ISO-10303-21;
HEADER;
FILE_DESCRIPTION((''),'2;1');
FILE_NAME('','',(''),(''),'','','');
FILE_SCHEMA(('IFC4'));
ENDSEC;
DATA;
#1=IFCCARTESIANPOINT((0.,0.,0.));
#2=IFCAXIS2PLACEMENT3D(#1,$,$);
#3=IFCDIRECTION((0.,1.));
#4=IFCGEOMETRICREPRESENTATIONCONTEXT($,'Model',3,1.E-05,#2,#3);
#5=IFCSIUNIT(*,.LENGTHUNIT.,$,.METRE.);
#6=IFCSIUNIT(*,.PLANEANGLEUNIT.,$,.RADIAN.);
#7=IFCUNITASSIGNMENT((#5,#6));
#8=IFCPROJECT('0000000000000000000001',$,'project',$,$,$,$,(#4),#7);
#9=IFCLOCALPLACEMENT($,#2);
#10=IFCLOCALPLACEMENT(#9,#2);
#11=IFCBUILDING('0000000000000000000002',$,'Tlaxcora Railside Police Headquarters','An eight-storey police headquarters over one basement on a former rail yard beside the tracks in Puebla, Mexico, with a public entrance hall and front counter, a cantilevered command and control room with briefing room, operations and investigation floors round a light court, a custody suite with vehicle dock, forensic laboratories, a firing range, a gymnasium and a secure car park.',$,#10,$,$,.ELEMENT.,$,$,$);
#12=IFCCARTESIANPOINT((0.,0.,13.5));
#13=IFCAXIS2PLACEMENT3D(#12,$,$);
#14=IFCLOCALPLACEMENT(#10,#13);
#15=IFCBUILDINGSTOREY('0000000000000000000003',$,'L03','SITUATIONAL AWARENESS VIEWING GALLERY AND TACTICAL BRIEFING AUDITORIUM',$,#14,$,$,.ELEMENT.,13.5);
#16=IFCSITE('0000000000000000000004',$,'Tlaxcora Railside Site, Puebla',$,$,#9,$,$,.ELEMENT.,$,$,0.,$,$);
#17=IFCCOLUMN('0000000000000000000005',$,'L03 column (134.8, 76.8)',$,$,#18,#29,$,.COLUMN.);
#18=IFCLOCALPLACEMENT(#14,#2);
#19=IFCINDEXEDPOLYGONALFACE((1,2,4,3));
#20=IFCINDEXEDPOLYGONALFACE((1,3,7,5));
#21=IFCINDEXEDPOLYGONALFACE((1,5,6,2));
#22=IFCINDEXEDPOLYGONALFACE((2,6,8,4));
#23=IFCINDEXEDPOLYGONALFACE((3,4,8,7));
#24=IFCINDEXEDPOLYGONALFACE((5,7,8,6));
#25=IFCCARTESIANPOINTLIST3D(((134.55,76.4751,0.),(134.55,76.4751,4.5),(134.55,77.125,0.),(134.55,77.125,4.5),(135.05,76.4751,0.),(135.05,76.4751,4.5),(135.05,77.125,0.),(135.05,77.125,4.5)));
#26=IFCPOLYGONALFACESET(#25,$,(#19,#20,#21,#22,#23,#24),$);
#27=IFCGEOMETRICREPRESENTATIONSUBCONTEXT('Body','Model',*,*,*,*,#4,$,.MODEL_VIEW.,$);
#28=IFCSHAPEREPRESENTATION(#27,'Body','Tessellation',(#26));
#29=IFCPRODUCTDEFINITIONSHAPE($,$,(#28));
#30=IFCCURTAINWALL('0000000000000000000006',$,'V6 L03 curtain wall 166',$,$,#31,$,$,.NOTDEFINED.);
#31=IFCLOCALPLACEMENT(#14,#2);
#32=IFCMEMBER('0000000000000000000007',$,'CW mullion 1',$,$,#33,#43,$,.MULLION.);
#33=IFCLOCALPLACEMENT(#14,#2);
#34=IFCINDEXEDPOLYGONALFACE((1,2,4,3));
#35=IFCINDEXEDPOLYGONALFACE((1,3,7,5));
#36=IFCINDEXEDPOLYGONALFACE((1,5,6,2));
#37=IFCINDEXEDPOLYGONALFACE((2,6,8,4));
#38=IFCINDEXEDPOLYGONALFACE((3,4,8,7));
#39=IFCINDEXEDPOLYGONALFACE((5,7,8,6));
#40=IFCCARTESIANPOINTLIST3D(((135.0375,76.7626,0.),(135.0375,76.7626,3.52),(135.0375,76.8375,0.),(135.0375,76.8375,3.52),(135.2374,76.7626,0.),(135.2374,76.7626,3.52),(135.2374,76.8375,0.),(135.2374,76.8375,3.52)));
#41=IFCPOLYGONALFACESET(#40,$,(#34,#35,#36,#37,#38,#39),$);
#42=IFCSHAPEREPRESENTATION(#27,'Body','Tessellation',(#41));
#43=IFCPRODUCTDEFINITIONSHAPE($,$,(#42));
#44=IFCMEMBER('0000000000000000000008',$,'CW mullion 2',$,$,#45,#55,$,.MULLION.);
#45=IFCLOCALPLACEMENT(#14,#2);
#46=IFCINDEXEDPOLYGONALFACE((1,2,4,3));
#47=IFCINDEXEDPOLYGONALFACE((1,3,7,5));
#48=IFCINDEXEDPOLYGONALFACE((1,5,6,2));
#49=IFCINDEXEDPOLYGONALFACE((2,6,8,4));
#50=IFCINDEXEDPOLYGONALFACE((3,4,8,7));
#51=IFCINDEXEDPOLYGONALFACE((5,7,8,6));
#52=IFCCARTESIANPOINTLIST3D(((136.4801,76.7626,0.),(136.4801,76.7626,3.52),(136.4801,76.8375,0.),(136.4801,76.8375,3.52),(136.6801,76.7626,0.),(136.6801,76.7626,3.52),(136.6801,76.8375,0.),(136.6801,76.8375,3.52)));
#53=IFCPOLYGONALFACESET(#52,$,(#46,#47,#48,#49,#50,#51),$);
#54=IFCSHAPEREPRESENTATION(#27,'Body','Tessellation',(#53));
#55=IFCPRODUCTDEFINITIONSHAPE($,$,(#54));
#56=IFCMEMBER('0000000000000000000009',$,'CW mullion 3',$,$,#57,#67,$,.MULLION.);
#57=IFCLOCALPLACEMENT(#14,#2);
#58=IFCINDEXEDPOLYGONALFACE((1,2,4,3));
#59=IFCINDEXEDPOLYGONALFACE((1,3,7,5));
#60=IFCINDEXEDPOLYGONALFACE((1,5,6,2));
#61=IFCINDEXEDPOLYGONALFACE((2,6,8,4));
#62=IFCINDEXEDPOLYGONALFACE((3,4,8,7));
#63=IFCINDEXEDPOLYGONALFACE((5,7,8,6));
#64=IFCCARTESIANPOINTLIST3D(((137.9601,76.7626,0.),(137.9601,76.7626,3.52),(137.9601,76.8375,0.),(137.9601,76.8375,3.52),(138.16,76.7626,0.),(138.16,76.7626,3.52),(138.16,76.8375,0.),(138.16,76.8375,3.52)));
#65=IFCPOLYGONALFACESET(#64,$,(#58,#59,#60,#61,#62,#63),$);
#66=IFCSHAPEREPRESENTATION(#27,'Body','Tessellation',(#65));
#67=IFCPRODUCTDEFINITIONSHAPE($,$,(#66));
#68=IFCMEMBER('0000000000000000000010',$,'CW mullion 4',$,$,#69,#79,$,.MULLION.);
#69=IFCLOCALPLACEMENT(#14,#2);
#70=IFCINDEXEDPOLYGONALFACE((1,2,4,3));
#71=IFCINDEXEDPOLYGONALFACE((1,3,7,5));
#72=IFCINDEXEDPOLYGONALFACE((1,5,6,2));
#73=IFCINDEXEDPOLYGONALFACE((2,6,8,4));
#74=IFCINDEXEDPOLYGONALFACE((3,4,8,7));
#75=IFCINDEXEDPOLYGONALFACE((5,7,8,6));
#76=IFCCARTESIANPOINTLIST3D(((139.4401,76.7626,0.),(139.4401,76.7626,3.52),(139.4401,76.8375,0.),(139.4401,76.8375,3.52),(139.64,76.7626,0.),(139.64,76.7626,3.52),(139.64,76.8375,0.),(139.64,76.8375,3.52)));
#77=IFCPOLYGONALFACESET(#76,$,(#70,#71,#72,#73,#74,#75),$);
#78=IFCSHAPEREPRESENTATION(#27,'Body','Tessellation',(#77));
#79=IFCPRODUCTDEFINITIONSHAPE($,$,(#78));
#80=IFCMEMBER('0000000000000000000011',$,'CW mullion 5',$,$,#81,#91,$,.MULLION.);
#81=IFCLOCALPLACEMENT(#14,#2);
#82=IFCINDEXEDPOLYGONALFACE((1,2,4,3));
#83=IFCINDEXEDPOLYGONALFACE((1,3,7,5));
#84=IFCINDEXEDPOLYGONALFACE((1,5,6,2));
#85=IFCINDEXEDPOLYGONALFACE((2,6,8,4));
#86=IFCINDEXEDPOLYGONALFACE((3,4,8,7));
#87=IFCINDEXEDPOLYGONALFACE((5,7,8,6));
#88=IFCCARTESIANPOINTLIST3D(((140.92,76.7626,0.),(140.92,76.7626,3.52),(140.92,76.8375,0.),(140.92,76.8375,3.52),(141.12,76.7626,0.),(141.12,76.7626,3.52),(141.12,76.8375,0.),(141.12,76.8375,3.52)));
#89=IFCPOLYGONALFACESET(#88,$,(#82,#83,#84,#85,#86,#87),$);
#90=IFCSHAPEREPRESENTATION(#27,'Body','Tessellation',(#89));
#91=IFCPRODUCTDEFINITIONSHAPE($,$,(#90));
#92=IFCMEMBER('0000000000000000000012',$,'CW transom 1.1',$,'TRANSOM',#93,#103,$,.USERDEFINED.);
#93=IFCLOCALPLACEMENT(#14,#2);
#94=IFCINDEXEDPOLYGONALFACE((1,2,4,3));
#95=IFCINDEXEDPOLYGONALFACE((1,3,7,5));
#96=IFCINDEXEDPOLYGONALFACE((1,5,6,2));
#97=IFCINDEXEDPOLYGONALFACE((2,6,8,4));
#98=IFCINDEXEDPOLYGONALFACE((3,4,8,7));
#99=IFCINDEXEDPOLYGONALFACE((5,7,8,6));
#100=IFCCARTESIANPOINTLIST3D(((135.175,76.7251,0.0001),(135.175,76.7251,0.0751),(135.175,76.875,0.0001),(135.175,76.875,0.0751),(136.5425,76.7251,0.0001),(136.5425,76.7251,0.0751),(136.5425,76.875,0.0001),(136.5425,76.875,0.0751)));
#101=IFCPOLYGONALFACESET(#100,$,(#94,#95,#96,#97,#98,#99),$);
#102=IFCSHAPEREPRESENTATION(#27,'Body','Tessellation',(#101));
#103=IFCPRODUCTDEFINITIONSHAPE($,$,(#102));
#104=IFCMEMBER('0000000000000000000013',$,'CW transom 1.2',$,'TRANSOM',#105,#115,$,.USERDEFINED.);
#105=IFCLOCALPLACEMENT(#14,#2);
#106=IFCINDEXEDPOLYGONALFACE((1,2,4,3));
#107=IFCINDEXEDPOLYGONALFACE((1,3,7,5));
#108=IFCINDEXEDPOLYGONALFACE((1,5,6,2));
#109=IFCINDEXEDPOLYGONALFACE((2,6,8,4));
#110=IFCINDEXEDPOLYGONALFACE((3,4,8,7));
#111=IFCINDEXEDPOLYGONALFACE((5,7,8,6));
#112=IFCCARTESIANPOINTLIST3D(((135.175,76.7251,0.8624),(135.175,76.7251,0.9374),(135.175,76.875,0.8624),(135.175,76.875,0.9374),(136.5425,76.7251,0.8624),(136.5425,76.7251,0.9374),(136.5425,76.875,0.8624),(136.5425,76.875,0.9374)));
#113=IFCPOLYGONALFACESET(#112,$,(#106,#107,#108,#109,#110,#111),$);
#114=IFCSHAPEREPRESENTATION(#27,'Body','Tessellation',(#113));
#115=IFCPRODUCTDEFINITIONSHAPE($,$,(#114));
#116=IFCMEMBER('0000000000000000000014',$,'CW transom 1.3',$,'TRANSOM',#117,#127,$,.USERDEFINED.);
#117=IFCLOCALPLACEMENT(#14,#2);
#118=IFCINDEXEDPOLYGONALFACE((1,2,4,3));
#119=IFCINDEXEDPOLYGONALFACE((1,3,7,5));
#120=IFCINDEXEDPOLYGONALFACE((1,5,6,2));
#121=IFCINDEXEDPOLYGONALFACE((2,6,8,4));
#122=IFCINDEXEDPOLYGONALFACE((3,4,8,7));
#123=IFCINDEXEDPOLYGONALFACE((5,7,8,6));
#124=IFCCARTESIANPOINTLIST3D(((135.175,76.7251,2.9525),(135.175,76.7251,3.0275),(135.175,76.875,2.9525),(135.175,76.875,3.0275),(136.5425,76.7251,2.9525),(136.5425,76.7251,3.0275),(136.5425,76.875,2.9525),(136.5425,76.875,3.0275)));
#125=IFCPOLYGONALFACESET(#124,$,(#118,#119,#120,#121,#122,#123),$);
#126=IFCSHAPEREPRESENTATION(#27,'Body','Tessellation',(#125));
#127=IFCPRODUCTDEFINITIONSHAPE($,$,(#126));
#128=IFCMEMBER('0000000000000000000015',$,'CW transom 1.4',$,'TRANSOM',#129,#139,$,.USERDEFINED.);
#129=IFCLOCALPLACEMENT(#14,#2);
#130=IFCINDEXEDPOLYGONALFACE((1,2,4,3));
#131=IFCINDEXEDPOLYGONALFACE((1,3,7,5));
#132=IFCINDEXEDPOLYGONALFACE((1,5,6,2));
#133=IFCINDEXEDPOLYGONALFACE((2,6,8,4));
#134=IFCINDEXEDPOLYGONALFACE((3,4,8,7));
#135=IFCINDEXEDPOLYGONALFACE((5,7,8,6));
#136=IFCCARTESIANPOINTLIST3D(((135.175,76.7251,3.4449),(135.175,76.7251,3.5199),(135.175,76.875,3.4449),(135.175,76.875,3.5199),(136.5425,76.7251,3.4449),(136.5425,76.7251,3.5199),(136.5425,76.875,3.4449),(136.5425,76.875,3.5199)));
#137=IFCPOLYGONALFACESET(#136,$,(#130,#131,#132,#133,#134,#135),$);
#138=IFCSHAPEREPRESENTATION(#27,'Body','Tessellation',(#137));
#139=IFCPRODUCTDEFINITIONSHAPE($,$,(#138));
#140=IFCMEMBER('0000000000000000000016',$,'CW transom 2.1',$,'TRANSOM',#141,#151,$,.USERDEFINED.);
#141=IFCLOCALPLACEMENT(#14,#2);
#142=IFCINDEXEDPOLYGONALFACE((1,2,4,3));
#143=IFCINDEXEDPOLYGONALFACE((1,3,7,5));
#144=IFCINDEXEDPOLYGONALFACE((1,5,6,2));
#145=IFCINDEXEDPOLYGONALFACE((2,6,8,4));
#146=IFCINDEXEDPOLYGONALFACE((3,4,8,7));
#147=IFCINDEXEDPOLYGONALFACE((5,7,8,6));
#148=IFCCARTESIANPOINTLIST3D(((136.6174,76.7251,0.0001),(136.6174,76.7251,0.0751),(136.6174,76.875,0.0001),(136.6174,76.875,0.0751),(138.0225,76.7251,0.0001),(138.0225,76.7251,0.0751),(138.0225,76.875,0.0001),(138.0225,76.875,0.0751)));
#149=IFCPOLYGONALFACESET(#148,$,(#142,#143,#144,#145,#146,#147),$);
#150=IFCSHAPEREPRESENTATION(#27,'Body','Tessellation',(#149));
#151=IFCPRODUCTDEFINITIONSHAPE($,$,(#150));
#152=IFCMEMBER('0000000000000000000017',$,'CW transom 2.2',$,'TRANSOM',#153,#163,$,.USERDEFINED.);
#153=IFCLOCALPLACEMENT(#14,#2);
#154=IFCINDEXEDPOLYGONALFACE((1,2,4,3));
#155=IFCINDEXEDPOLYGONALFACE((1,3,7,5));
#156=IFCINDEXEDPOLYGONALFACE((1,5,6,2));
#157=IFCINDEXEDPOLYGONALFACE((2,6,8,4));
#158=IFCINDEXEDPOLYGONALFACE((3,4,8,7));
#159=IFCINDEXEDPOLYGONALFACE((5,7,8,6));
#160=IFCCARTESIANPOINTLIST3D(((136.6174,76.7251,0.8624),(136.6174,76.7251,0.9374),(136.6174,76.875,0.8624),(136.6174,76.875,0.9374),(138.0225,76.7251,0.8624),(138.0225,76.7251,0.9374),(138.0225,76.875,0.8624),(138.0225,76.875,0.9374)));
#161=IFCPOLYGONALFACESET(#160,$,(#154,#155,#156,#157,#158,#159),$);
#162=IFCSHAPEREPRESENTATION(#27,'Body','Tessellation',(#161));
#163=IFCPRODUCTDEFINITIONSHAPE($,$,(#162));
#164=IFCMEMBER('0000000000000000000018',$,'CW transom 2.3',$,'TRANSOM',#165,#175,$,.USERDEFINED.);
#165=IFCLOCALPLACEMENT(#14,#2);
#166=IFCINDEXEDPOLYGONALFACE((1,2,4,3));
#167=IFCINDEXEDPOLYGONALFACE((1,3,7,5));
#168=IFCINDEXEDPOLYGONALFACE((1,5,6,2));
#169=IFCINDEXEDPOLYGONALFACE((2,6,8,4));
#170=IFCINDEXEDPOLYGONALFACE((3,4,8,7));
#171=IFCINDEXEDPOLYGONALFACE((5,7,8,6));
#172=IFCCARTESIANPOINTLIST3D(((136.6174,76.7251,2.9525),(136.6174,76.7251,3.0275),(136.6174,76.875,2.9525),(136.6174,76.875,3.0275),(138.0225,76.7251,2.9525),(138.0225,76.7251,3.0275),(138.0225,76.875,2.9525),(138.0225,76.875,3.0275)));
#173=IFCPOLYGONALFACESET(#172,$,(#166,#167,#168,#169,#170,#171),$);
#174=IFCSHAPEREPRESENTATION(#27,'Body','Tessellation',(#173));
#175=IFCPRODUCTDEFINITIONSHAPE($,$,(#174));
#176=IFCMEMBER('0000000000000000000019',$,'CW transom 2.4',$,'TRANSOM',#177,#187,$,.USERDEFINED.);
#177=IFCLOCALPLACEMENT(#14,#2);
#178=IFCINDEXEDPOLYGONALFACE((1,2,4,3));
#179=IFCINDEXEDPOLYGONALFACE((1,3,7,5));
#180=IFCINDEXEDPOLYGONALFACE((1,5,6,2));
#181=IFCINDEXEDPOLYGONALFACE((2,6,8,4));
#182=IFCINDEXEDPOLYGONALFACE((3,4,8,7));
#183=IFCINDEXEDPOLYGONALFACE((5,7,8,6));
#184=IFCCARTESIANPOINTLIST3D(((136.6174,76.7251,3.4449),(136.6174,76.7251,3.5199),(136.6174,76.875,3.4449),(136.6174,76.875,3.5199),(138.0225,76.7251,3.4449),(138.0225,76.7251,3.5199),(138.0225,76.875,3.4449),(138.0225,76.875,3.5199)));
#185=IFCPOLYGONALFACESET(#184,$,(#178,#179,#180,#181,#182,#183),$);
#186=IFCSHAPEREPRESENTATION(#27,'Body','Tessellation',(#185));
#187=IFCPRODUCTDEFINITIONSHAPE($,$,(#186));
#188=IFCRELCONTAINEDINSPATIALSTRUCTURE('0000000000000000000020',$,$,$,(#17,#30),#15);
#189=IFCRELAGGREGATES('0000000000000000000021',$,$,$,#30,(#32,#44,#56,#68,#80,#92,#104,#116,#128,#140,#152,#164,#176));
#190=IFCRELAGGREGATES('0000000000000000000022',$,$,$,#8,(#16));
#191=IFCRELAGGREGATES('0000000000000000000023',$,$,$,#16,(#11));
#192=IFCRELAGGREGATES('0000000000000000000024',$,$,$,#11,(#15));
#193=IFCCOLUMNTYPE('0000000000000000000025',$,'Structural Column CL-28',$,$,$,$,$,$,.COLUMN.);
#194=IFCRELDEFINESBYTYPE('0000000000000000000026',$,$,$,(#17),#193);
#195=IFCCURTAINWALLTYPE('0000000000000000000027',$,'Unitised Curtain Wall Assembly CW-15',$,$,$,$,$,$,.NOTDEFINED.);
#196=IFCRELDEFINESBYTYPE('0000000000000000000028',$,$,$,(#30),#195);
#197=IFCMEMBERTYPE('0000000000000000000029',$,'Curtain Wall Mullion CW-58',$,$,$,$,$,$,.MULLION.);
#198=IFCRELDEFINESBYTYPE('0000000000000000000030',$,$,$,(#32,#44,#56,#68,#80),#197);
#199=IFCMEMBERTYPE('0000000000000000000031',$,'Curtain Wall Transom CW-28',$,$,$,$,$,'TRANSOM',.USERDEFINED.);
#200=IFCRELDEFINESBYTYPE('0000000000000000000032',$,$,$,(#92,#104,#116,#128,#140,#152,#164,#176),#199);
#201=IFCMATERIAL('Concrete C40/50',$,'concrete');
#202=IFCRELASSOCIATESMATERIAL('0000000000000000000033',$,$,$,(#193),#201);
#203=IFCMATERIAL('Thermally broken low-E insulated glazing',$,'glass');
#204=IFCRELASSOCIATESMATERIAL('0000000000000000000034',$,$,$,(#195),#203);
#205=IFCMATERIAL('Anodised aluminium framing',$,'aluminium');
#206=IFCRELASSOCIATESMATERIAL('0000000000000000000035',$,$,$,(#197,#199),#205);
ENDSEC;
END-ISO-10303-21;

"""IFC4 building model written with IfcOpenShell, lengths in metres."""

from ifc_helpers import new_model, si_unit, direction, frame, origin, origin_2d, place, context, subcontext, project, spatial, rectangle, extrude, material, material_profile, profile_set, type_object, element, aggregate, save


model = new_model("IFC4")

# Units and contexts
model_context = context("Model", 3, precision=1e-05, world=origin(), true_north=direction((0.0, 1.0)))
body_context = subcontext(model_context, "Body", "Model", "MODEL_VIEW")
ifc_project = project(units=[si_unit("LENGTHUNIT", "METRE"), si_unit("PLANEANGLEUNIT", "RADIAN")], contexts=[model_context])

# Site, building, storey
site_placement = place(None, origin())
site = spatial("IfcSite", under=ifc_project, at=site_placement, Name="Tlaxcora Railside Site, Puebla", CompositionType="ELEMENT", RefElevation=0.0)
building_placement = place(site_placement, origin())
building = spatial("IfcBuilding", under=site, at=building_placement, Name="Tlaxcora Railside Police Headquarters", Description="An eight-storey police headquarters over one basement on a former rail yard beside the tracks in Puebla, Mexico, with a public entrance hall and front counter, a cantilevered command and control room with briefing room, operations and investigation floors round a light court, a custody suite with vehicle dock, forensic laboratories, a firing range, a gymnasium and a secure car park.", CompositionType="ELEMENT")
storey_placement = place(building_placement, frame((0.0, 0.0, 13.5)))
storey = spatial("IfcBuildingStorey", under=building, at=storey_placement, Name="L03", Description="SITUATIONAL AWARENESS VIEWING GALLERY AND TACTICAL BRIEFING AUDITORIUM", CompositionType="ELEMENT", Elevation=13.5)

# Column
ifc_material_1 = material(Name="Concrete C40/50", Category="concrete")
ifc_material_profile_1 = material_profile(ifc_material_1, rectangle(XDim=0.5, YDim=0.6499, at=origin_2d()), Name="RC500X650")
ifc_profile_set_1 = profile_set([ifc_material_profile_1], Name="Concrete C40/50")
column_type = type_object("IfcColumnType", Name="Structural Column CL-28", PredefinedType="COLUMN", material=ifc_profile_set_1)
column_placement = place(storey_placement, frame((134.8, 76.8, 0.0), z_axis=(0.0, 0.0, 1.0), x_axis=(1.0, 0.0, 0.0)))
element("IfcColumn", 1, at=column_placement, inside=storey, type_object=column_type, Name="L03 column (134.8, 76.8)", PredefinedType="COLUMN", context=body_context, shape_type="SweptSolid", body=[
    extrude(rectangle(XDim=0.5, YDim=0.6499, at=origin_2d()), origin(), (0.0, 0.0, 1.0), 4.5),
])

# Curtain wall, members
ifc_material_2 = material(Name="Thermally broken low-E insulated glazing", Category="glass")
curtain_wall_type = type_object("IfcCurtainWallType", Name="Unitised Curtain Wall Assembly CW-15", PredefinedType="NOTDEFINED", material=ifc_material_2)
curtain_wall_placement = place(storey_placement, origin())
curtain_wall = element("IfcCurtainWall", 2, at=curtain_wall_placement, inside=storey, type_object=curtain_wall_type, Name="V6 L03 curtain wall 166", PredefinedType="NOTDEFINED")
ifc_material_3 = material(Name="Anodised aluminium framing", Category="aluminium")
ifc_material_profile_2 = material_profile(ifc_material_3, rectangle(XDim=0.075, YDim=0.2, at=origin_2d()), Name="AL75X200")
ifc_profile_set_2 = profile_set([ifc_material_profile_2], Name="Anodised aluminium framing")
member_type_1 = type_object("IfcMemberType", Name="Curtain Wall Mullion CW-58", PredefinedType="MULLION", material=ifc_profile_set_2)
member_1_placement = place(storey_placement, frame((135.1375, 76.8, 0.0), z_axis=(0.0, 0.0, 1.0), x_axis=(0.0, 1.0, 0.0)))
member_1 = element("IfcMember", 3, at=member_1_placement, type_object=member_type_1, Name="CW mullion 1", PredefinedType="MULLION", context=body_context, shape_type="SweptSolid", body=[
    extrude(rectangle(XDim=0.075, YDim=0.2, at=origin_2d()), origin(), (0.0, 0.0, 1.0), 3.52),
])
member_2_placement = place(storey_placement, frame((136.5801, 76.8, 0.0), z_axis=(0.0, 0.0, 1.0), x_axis=(0.0, 1.0, 0.0)))
member_2 = element("IfcMember", 4, at=member_2_placement, type_object=member_type_1, Name="CW mullion 2", PredefinedType="MULLION", context=body_context, shape_type="SweptSolid", body=[
    extrude(rectangle(XDim=0.075, YDim=0.2, at=origin_2d()), origin(), (0.0, 0.0, 1.0), 3.52),
])
member_3_placement = place(storey_placement, frame((138.0601, 76.8, 0.0), z_axis=(0.0, 0.0, 1.0), x_axis=(0.0, 1.0, 0.0)))
member_3 = element("IfcMember", 5, at=member_3_placement, type_object=member_type_1, Name="CW mullion 3", PredefinedType="MULLION", context=body_context, shape_type="SweptSolid", body=[
    extrude(rectangle(XDim=0.075, YDim=0.2, at=origin_2d()), origin(), (0.0, 0.0, 1.0), 3.52),
])
member_4_placement = place(storey_placement, frame((139.54, 76.8, 0.0), z_axis=(0.0, 0.0, 1.0), x_axis=(0.0, 1.0, 0.0)))
member_4 = element("IfcMember", 6, at=member_4_placement, type_object=member_type_1, Name="CW mullion 4", PredefinedType="MULLION", context=body_context, shape_type="SweptSolid", body=[
    extrude(rectangle(XDim=0.075, YDim=0.2, at=origin_2d()), origin(), (0.0, 0.0, 1.0), 3.52),
])
member_5_placement = place(storey_placement, frame((141.02, 76.8, 0.0), z_axis=(0.0, 0.0, 1.0), x_axis=(0.0, 1.0, 0.0)))
member_5 = element("IfcMember", 7, at=member_5_placement, type_object=member_type_1, Name="CW mullion 5", PredefinedType="MULLION", context=body_context, shape_type="SweptSolid", body=[
    extrude(rectangle(XDim=0.075, YDim=0.2, at=origin_2d()), origin(), (0.0, 0.0, 1.0), 3.52),
])
ifc_material_profile_3 = material_profile(ifc_material_3, rectangle(XDim=0.1499, YDim=0.075, at=origin_2d()), Name="AL75X150")
ifc_profile_set_3 = profile_set([ifc_material_profile_3], Name="Anodised aluminium framing")
member_type_2 = type_object("IfcMemberType", Name="Curtain Wall Transom CW-28", ElementType="TRANSOM", PredefinedType="USERDEFINED", material=ifc_profile_set_3)
member_6_placement = place(storey_placement, frame((135.175, 76.8, 0.0376), z_axis=(1.0, 0.0, 0.0), x_axis=(0.0, 1.0, 0.0)))
member_6 = element("IfcMember", 8, at=member_6_placement, type_object=member_type_2, Name="CW transom 1.1", ObjectType="TRANSOM", PredefinedType="USERDEFINED", context=body_context, shape_type="SweptSolid", body=[
    extrude(rectangle(XDim=0.1499, YDim=0.075, at=origin_2d()), origin(), (0.0, 0.0, 1.0), 1.3674),
])
member_7_placement = place(storey_placement, frame((135.175, 76.8, 0.8999), z_axis=(1.0, 0.0, 0.0), x_axis=(0.0, 1.0, 0.0)))
member_7 = element("IfcMember", 9, at=member_7_placement, type_object=member_type_2, Name="CW transom 1.2", ObjectType="TRANSOM", PredefinedType="USERDEFINED", context=body_context, shape_type="SweptSolid", body=[
    extrude(rectangle(XDim=0.1499, YDim=0.075, at=origin_2d()), origin(), (0.0, 0.0, 1.0), 1.3674),
])
member_8_placement = place(storey_placement, frame((135.175, 76.8, 2.99), z_axis=(1.0, 0.0, 0.0), x_axis=(0.0, 1.0, 0.0)))
member_8 = element("IfcMember", 10, at=member_8_placement, type_object=member_type_2, Name="CW transom 1.3", ObjectType="TRANSOM", PredefinedType="USERDEFINED", context=body_context, shape_type="SweptSolid", body=[
    extrude(rectangle(XDim=0.1499, YDim=0.075, at=origin_2d()), origin(), (0.0, 0.0, 1.0), 1.3674),
])
member_9_placement = place(storey_placement, frame((135.175, 76.8, 3.4824), z_axis=(1.0, 0.0, 0.0), x_axis=(0.0, 1.0, 0.0)))
member_9 = element("IfcMember", 11, at=member_9_placement, type_object=member_type_2, Name="CW transom 1.4", ObjectType="TRANSOM", PredefinedType="USERDEFINED", context=body_context, shape_type="SweptSolid", body=[
    extrude(rectangle(XDim=0.1499, YDim=0.075, at=origin_2d()), origin(), (0.0, 0.0, 1.0), 1.3674),
])
member_10_placement = place(storey_placement, frame((136.6174, 76.8, 0.0376), z_axis=(1.0, 0.0, 0.0), x_axis=(0.0, 1.0, 0.0)))
member_10 = element("IfcMember", 12, at=member_10_placement, type_object=member_type_2, Name="CW transom 2.1", ObjectType="TRANSOM", PredefinedType="USERDEFINED", context=body_context, shape_type="SweptSolid", body=[
    extrude(rectangle(XDim=0.1499, YDim=0.075, at=origin_2d()), origin(), (0.0, 0.0, 1.0), 1.405),
])
member_11_placement = place(storey_placement, frame((136.6174, 76.8, 0.8999), z_axis=(1.0, 0.0, 0.0), x_axis=(0.0, 1.0, 0.0)))
member_11 = element("IfcMember", 13, at=member_11_placement, type_object=member_type_2, Name="CW transom 2.2", ObjectType="TRANSOM", PredefinedType="USERDEFINED", context=body_context, shape_type="SweptSolid", body=[
    extrude(rectangle(XDim=0.1499, YDim=0.075, at=origin_2d()), origin(), (0.0, 0.0, 1.0), 1.405),
])
member_12_placement = place(storey_placement, frame((136.6174, 76.8, 2.99), z_axis=(1.0, 0.0, 0.0), x_axis=(0.0, 1.0, 0.0)))
member_12 = element("IfcMember", 14, at=member_12_placement, type_object=member_type_2, Name="CW transom 2.3", ObjectType="TRANSOM", PredefinedType="USERDEFINED", context=body_context, shape_type="SweptSolid", body=[
    extrude(rectangle(XDim=0.1499, YDim=0.075, at=origin_2d()), origin(), (0.0, 0.0, 1.0), 1.405),
])
member_13_placement = place(storey_placement, frame((136.6174, 76.8, 3.4824), z_axis=(1.0, 0.0, 0.0), x_axis=(0.0, 1.0, 0.0)))
member_13 = element("IfcMember", 15, at=member_13_placement, type_object=member_type_2, Name="CW transom 2.4", ObjectType="TRANSOM", PredefinedType="USERDEFINED", context=body_context, shape_type="SweptSolid", body=[
    extrude(rectangle(XDim=0.1499, YDim=0.075, at=origin_2d()), origin(), (0.0, 0.0, 1.0), 1.405),
])

aggregate(curtain_wall, [member_1, member_2, member_3, member_4, member_5, member_6, member_7, member_8, member_9, member_10, member_11, member_12, member_13])

save(model, "model.ifc")
